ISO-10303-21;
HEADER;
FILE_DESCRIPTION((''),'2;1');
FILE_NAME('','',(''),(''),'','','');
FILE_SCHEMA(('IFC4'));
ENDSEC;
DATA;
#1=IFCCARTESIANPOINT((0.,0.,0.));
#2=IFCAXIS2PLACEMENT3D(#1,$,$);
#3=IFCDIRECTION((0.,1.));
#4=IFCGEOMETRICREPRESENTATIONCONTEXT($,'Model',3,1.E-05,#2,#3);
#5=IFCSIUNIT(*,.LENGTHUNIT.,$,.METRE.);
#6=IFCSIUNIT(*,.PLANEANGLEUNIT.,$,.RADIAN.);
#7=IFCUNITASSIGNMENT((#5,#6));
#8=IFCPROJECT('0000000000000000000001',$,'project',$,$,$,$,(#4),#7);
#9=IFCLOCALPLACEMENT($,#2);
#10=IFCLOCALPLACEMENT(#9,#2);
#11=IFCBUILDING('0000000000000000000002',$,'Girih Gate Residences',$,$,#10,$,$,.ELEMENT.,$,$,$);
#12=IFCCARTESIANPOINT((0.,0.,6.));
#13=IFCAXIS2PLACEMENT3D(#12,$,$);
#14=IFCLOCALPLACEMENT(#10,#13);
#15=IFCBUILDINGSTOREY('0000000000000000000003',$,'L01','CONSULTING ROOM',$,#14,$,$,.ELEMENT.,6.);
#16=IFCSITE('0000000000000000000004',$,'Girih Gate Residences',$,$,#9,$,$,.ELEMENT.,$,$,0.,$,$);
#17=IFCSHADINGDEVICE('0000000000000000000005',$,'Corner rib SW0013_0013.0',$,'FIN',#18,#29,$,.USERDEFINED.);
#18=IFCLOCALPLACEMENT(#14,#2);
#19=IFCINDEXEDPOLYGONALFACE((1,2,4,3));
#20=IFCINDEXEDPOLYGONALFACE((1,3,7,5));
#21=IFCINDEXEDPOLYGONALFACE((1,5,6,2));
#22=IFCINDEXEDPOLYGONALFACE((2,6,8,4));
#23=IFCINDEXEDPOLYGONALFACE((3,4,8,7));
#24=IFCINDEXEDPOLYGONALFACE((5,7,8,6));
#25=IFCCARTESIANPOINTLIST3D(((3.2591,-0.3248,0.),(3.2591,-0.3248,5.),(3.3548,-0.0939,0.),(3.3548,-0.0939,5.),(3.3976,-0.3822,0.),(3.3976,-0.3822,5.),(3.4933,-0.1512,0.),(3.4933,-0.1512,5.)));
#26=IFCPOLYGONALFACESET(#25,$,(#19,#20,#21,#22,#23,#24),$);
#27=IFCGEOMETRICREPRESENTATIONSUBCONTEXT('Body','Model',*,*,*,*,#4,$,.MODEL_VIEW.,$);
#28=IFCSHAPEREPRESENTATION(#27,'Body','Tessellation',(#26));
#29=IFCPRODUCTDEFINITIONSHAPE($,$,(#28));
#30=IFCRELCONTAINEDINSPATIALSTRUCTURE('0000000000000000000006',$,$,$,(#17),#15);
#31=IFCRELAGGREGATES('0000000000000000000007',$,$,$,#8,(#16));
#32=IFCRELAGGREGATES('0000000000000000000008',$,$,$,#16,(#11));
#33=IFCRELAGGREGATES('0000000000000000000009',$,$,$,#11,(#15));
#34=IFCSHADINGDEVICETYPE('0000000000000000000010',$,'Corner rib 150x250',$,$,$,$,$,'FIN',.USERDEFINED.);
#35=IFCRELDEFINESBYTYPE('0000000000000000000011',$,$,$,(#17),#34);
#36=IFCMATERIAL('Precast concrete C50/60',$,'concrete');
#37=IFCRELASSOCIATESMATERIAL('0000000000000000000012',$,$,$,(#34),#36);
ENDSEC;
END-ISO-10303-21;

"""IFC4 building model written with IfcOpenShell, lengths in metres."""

from ifc_helpers import new_model, si_unit, direction, frame, origin, origin_2d, place, context, subcontext, project, spatial, rectangle, extrude, material, type_object, element, save


model = new_model("IFC4")

# Units and contexts
model_context = context("Model", 3, precision=1e-05, world=origin(), true_north=direction((0.0, 1.0)))
body_context = subcontext(model_context, "Body", "Model", "MODEL_VIEW")
ifc_project = project(units=[si_unit("LENGTHUNIT", "METRE"), si_unit("PLANEANGLEUNIT", "RADIAN")], contexts=[model_context])

# Site, building, storey
site_placement = place(None, origin())
site = spatial("IfcSite", under=ifc_project, at=site_placement, Name="Girih Gate Residences", CompositionType="ELEMENT", RefElevation=0.0)
building_placement = place(site_placement, origin())
building = spatial("IfcBuilding", under=site, at=building_placement, Name="Girih Gate Residences", CompositionType="ELEMENT")
storey_placement = place(building_placement, frame((0.0, 0.0, 6.0)))
storey = spatial("IfcBuildingStorey", under=building, at=storey_placement, Name="L01", Description="CONSULTING ROOM", CompositionType="ELEMENT", Elevation=6.0)

# Shared definitions
ifc_material_1 = material(Name="Precast concrete C50/60", Category="concrete")

# Shading device
shading_device_type = type_object("IfcShadingDeviceType", Name="Corner rib 150x250", ElementType="FIN", PredefinedType="USERDEFINED", material=ifc_material_1)
shading_device_placement = place(storey_placement, frame((3.3762, -0.238, 0.0), z_axis=(0.0, 0.0, 1.0), x_axis=(0.92388, -0.382683, 0.0)))
element("IfcShadingDevice", 1, at=shading_device_placement, inside=storey, type_object=shading_device_type, Name="Corner rib SW0013_0013.0", ObjectType="FIN", PredefinedType="USERDEFINED", context=body_context, shape_type="SweptSolid", body=[
    extrude(rectangle(XDim=0.1499, YDim=0.25, at=origin_2d()), origin(), (0.0, 0.0, 1.0), 5.0),
])

save(model, "model.ifc")
